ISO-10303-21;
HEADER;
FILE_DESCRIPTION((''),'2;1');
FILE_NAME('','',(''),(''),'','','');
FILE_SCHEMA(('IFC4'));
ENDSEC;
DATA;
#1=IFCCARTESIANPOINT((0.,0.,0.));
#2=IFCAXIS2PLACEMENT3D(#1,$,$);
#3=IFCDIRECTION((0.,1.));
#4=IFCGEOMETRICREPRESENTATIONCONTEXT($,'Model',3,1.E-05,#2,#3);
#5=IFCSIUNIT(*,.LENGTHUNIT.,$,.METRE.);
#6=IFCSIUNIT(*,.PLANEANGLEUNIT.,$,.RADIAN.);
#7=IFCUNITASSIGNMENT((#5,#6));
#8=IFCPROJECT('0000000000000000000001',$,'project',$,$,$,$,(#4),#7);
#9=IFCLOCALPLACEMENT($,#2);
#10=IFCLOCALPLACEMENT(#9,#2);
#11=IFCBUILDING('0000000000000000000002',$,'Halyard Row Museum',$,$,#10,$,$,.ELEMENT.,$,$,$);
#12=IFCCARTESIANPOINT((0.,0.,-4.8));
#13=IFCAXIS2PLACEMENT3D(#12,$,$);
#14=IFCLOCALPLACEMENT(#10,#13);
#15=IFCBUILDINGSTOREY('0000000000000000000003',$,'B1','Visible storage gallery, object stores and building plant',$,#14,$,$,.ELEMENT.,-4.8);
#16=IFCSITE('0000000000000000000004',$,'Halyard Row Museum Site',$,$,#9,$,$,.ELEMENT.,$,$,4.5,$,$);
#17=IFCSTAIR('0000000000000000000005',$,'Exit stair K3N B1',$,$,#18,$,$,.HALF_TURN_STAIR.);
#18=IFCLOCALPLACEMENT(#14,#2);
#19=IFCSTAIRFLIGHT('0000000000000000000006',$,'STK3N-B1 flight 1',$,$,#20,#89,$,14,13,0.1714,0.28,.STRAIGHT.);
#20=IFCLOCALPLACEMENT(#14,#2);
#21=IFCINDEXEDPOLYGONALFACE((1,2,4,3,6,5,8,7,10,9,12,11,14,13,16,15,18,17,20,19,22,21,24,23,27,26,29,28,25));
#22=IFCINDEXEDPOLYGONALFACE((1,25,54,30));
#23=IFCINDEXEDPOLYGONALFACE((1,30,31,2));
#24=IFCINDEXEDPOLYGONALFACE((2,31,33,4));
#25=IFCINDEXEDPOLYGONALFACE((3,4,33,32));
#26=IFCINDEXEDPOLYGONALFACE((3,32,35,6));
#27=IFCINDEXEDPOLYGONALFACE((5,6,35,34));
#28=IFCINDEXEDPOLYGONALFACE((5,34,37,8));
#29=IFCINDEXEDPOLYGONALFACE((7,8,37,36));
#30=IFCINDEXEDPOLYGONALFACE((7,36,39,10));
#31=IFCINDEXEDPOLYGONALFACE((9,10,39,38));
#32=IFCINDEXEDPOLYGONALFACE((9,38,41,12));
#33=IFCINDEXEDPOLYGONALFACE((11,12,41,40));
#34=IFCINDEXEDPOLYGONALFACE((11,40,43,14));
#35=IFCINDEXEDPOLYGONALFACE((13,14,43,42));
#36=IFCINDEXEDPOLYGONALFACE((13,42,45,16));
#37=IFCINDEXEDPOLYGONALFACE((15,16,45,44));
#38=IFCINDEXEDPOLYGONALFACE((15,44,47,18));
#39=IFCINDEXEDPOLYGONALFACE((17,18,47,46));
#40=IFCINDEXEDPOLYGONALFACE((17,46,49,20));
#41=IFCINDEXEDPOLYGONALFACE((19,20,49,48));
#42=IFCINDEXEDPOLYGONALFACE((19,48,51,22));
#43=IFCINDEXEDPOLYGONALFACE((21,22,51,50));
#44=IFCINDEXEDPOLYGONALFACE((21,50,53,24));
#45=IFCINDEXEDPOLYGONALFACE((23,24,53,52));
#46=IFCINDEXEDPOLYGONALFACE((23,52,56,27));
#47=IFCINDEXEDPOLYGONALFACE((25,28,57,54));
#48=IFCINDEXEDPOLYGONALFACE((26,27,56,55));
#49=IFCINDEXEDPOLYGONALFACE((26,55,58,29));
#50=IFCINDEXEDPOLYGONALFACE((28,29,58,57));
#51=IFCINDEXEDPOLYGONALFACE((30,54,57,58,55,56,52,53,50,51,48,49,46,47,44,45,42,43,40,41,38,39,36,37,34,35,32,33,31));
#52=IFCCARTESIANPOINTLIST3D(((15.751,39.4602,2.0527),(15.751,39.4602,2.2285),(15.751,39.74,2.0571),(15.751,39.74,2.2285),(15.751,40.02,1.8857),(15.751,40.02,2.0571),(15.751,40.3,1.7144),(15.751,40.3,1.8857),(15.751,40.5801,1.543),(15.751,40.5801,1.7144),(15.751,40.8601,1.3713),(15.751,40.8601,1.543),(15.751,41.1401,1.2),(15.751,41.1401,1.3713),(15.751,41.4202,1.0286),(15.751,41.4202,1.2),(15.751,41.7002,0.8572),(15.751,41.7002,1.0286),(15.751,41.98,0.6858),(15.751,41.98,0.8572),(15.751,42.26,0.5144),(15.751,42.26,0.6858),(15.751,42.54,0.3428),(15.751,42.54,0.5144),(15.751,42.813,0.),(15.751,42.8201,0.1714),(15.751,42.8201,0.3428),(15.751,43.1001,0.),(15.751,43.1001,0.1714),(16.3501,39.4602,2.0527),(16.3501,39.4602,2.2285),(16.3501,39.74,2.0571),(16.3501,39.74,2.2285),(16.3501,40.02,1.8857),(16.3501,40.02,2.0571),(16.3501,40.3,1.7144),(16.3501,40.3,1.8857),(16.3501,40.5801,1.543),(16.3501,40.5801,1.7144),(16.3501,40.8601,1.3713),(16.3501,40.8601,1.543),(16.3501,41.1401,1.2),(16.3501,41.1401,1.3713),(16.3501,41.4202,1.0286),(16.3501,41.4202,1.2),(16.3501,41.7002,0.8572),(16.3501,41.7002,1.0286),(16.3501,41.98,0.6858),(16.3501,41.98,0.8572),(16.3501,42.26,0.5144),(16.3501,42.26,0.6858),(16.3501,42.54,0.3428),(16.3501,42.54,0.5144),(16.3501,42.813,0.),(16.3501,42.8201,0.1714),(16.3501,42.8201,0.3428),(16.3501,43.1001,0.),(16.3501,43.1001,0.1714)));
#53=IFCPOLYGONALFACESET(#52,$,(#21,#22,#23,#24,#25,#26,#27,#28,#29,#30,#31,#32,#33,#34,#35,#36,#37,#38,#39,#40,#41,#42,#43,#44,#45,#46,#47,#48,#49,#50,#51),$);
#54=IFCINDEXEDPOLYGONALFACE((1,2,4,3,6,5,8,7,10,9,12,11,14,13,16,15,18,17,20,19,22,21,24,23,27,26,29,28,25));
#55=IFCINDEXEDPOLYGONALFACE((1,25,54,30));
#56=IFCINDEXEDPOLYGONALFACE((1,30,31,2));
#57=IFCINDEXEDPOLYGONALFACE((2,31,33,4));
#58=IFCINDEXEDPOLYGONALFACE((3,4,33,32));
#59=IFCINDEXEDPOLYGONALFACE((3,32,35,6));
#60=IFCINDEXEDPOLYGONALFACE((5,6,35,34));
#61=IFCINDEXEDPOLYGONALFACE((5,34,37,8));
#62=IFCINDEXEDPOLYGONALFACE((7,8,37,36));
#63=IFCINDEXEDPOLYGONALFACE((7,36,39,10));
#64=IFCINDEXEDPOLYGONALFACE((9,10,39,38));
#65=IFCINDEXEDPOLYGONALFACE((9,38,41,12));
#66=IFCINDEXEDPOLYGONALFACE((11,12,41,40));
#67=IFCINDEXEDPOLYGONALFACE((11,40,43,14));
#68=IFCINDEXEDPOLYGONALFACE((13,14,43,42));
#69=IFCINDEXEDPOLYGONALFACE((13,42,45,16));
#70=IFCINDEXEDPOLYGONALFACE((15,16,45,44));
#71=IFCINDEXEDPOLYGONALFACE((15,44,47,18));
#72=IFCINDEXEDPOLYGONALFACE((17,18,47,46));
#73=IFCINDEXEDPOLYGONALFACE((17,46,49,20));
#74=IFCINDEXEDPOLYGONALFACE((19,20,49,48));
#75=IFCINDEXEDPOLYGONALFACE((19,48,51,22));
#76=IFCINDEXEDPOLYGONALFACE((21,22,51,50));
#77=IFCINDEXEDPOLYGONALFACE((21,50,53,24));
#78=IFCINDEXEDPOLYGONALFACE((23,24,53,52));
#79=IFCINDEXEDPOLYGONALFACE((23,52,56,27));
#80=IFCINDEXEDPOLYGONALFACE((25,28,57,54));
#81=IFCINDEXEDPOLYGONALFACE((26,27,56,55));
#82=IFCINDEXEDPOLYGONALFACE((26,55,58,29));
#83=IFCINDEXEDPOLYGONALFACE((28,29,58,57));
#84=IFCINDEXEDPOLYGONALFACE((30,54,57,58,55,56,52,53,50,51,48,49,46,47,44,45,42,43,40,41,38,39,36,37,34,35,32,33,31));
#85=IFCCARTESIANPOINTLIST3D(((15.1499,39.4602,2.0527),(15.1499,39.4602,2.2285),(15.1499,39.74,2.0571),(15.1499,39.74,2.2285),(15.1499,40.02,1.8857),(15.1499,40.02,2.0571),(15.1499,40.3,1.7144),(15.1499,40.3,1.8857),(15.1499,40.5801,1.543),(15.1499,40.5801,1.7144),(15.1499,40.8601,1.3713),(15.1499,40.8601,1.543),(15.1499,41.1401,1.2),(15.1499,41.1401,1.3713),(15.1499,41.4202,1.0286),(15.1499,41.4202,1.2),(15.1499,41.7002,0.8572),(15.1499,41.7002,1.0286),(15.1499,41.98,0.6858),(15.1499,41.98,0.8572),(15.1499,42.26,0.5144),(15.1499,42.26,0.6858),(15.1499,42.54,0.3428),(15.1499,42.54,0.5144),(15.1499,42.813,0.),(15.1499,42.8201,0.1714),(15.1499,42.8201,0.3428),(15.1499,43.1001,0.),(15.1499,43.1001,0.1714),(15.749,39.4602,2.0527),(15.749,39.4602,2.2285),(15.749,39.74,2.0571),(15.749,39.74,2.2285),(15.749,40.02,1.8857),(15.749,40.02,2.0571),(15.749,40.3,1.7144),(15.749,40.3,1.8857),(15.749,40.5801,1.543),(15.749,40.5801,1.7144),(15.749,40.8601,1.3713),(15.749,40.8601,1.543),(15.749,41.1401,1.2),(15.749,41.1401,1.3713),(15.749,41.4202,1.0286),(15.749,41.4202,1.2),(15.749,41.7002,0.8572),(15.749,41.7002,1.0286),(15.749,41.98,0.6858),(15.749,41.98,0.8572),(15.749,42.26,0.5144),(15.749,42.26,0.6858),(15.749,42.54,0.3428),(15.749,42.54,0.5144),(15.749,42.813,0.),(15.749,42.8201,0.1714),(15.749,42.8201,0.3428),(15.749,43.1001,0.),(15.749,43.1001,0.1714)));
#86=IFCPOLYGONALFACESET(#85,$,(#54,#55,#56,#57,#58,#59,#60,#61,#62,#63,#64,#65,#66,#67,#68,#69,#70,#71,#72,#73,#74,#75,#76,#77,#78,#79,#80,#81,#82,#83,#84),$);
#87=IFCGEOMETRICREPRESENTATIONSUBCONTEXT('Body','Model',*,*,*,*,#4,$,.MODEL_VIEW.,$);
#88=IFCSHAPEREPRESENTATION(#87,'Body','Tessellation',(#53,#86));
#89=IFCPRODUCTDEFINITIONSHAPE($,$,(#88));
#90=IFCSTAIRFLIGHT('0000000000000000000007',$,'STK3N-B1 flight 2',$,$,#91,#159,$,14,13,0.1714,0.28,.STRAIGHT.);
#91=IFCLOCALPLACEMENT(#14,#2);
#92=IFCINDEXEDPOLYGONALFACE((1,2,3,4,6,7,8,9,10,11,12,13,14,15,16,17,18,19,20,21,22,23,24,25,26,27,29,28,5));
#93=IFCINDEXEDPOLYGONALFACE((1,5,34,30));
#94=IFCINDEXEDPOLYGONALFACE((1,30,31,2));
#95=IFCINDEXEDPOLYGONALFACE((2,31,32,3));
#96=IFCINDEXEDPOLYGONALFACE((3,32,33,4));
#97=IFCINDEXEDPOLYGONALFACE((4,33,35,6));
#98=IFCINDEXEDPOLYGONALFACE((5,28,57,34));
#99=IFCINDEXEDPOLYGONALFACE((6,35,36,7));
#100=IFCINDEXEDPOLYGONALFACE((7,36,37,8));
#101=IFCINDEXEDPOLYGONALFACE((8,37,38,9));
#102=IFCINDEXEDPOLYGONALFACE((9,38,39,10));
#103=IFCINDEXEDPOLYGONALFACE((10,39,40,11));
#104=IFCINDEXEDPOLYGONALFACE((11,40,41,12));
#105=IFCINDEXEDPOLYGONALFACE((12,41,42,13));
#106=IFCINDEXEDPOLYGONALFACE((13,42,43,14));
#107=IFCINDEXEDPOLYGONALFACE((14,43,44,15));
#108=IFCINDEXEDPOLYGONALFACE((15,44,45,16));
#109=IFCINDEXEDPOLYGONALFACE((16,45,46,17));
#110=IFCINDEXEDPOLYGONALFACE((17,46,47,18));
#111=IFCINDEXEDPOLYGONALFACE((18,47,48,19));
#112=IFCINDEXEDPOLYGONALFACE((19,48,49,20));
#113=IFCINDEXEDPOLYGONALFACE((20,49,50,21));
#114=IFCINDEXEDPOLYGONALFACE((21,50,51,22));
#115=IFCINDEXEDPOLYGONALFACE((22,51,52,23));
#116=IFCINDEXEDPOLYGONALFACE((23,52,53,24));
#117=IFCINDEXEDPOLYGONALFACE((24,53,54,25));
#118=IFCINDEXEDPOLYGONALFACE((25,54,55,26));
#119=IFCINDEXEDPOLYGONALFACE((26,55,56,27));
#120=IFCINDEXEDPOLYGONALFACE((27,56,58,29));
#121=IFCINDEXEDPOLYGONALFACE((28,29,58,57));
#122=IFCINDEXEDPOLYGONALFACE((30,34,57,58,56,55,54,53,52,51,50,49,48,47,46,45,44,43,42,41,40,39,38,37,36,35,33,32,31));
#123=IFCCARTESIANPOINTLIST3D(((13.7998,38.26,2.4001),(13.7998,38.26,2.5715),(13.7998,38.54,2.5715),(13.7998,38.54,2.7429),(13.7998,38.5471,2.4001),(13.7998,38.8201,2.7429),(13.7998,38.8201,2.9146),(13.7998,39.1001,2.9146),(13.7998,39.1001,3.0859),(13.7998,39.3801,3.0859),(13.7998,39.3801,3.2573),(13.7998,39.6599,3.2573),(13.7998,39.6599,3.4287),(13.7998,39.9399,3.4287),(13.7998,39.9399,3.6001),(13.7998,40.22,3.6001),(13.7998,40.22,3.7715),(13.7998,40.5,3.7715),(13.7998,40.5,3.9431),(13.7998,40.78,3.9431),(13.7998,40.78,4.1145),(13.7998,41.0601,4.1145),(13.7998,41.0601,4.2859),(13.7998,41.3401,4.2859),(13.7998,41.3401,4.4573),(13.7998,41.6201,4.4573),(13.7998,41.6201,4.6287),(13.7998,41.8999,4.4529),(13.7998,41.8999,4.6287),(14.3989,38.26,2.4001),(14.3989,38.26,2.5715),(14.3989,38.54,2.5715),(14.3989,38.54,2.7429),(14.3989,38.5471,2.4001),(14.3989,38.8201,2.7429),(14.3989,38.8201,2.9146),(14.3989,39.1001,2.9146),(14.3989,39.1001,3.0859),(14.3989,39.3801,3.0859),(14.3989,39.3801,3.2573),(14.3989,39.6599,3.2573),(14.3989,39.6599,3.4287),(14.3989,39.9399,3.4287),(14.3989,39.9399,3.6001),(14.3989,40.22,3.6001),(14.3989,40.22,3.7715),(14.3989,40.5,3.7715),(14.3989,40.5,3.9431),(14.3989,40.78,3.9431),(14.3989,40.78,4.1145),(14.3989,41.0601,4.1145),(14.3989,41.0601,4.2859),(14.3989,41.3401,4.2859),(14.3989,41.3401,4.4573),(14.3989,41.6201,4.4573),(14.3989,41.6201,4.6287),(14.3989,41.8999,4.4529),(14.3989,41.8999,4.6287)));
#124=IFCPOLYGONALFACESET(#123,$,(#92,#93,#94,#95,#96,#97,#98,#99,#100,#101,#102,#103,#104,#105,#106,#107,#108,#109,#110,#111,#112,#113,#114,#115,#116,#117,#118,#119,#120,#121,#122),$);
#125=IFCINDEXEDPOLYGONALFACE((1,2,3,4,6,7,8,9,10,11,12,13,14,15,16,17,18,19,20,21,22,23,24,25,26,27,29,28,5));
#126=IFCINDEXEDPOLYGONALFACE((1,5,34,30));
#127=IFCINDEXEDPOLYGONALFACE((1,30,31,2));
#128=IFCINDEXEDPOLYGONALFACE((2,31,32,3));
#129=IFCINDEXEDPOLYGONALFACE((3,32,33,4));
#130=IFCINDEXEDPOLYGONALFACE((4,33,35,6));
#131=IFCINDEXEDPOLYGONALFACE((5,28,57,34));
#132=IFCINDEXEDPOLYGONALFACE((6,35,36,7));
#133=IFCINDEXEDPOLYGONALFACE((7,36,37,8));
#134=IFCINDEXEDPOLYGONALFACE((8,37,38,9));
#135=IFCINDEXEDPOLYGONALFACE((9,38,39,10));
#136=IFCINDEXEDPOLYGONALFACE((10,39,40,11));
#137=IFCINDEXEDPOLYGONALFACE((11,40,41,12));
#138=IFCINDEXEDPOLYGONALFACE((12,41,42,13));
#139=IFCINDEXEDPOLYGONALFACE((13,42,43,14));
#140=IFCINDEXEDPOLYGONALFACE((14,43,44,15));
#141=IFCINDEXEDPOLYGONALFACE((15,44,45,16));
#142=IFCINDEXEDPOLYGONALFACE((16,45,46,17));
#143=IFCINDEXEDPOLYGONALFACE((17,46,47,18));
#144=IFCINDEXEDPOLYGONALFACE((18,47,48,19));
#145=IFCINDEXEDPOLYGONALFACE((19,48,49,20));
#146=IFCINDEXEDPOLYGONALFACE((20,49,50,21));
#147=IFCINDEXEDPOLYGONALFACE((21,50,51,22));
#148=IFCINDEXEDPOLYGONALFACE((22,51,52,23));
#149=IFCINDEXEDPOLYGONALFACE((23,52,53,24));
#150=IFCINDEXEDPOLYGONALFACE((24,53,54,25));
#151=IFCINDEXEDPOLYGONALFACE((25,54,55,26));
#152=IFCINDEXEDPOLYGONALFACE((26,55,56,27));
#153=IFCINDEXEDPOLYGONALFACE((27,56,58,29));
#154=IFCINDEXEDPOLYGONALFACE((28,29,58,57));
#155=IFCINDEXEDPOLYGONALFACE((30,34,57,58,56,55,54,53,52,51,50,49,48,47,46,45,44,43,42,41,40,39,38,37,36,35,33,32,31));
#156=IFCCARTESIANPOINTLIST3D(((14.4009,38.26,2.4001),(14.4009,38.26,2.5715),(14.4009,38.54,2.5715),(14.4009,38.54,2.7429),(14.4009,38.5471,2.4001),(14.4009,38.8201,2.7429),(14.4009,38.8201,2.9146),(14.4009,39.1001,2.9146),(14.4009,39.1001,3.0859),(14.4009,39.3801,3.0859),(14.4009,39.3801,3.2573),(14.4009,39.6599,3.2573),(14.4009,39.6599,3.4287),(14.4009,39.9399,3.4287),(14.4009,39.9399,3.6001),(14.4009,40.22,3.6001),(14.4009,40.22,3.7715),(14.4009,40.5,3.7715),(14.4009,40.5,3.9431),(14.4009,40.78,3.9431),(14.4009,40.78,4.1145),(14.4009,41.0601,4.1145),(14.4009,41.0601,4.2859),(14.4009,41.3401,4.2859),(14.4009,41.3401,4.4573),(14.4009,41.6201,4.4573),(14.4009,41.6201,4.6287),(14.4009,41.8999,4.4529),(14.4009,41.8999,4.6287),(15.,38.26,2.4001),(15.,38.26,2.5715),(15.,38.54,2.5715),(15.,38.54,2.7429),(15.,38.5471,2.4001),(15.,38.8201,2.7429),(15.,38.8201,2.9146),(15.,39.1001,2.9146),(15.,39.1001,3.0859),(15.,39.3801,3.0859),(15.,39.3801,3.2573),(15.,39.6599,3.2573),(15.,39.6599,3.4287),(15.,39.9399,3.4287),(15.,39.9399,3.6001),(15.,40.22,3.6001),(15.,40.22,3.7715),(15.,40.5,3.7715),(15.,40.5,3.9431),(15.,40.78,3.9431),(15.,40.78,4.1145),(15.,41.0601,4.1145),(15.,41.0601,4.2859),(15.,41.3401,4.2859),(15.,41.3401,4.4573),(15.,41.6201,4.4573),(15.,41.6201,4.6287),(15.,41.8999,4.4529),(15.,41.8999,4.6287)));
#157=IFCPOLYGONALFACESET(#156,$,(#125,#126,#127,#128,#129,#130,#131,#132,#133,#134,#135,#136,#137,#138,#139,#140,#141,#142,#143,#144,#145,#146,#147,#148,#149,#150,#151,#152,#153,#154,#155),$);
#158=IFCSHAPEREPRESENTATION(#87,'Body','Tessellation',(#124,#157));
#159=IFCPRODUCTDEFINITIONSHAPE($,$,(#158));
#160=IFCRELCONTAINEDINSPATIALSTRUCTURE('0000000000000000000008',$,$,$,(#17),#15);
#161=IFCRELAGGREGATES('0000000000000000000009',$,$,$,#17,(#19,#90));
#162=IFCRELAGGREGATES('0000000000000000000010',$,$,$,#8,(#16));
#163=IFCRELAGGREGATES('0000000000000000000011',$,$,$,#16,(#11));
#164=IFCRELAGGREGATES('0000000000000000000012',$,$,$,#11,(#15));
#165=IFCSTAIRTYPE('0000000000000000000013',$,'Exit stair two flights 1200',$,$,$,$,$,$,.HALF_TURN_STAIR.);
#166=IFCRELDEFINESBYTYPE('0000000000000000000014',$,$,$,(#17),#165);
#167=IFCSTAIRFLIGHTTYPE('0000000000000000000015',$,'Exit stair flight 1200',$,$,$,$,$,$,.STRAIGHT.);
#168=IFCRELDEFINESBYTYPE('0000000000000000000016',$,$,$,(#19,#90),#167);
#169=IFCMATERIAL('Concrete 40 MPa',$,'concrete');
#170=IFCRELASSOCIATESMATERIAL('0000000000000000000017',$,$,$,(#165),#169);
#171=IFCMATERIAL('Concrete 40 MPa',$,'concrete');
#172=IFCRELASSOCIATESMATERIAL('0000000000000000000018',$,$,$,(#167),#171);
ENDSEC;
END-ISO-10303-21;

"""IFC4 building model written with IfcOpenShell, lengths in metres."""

from ifc_helpers import new_model, si_unit, direction, frame, origin, place, context, subcontext, project, spatial, polyline, outline, extrude, material, type_object, element, aggregate, save


model = new_model("IFC4")

# Units and contexts
model_context = context("Model", 3, precision=1e-05, world=origin(), true_north=direction((0.0, 1.0)))
body_context = subcontext(model_context, "Body", "Model", "MODEL_VIEW")
ifc_project = project(units=[si_unit("LENGTHUNIT", "METRE"), si_unit("PLANEANGLEUNIT", "RADIAN")], contexts=[model_context])

# Site, building, storey
site_placement = place(None, origin())
site = spatial("IfcSite", under=ifc_project, at=site_placement, Name="Halyard Row Museum Site", CompositionType="ELEMENT", RefElevation=4.5)
building_placement = place(site_placement, origin())
building = spatial("IfcBuilding", under=site, at=building_placement, Name="Halyard Row Museum", CompositionType="ELEMENT")
storey_placement = place(building_placement, frame((0.0, 0.0, -4.8)))
storey = spatial("IfcBuildingStorey", under=building, at=storey_placement, Name="B1", Description="Visible storage gallery, object stores and building plant", CompositionType="ELEMENT", Elevation=-4.8)

# Stair, stair flights
ifc_material_1 = material(Name="Concrete 40 MPa", Category="concrete")
stair_type = type_object("IfcStairType", Name="Exit stair two flights 1200", PredefinedType="HALF_TURN_STAIR", material=ifc_material_1)
stair_placement = place(storey_placement, origin())
stair = element("IfcStair", 1, at=stair_placement, inside=storey, type_object=stair_type, Name="Exit stair K3N B1", PredefinedType="HALF_TURN_STAIR")
ifc_material_2 = material(Name="Concrete 40 MPa", Category="concrete")
stair_flight_type = type_object("IfcStairFlightType", Name="Exit stair flight 1200", PredefinedType="STRAIGHT", material=ifc_material_2)
stair_flight_1_placement = place(storey_placement, frame((15.75, 43.1001, 0.0), z_axis=(0.0, 0.0, 1.0), x_axis=(0.0, -1.0, 0.0)))
stair_flight_1 = element("IfcStairFlight", 2, at=stair_flight_1_placement, type_object=stair_flight_type, Name="STK3N-B1 flight 1", NumberOfRisers=14, NumberOfTreads=13, PredefinedType="STRAIGHT", RiserHeight=0.1714, TreadLength=0.28, context=body_context, shape_type="SweptSolid", body=[
    extrude(outline(polyline([(0.0, 0.0), (0.0, 0.1714), (0.28, 0.1714), (0.28, 0.3428), (0.5601, 0.3428), (0.5601, 0.5144), (0.8401, 0.5144), (0.8401, 0.6858), (1.1201, 0.6858), (1.1201, 0.8572), (1.3999, 0.8572), (1.3999, 1.0286), (1.6799, 1.0286), (1.6799, 1.2), (1.96, 1.2), (1.96, 1.3713), (2.24, 1.3713), (2.24, 1.543), (2.52, 1.543), (2.52, 1.7144), (2.8, 1.7144), (2.8, 1.8857), (3.0801, 1.8857), (3.0801, 2.0571), (3.3601, 2.0571), (3.3601, 2.2285), (3.6399, 2.2285), (3.6399, 2.3999), (3.6399, 2.0527), (0.2871, 0.0), (0.0, 0.0)])), frame((0.0, 0.6001, 0.0), z_axis=(0.0, -1.0, 0.0), x_axis=(1.0, 0.0, 0.0)), (0.0, 0.0, 1.0), 0.5991),
    extrude(outline(polyline([(0.0, 0.0), (0.0, 0.1714), (0.28, 0.1714), (0.28, 0.3428), (0.5601, 0.3428), (0.5601, 0.5144), (0.8401, 0.5144), (0.8401, 0.6858), (1.1201, 0.6858), (1.1201, 0.8572), (1.3999, 0.8572), (1.3999, 1.0286), (1.6799, 1.0286), (1.6799, 1.2), (1.96, 1.2), (1.96, 1.3713), (2.24, 1.3713), (2.24, 1.543), (2.52, 1.543), (2.52, 1.7144), (2.8, 1.7144), (2.8, 1.8857), (3.0801, 1.8857), (3.0801, 2.0571), (3.3601, 2.0571), (3.3601, 2.2285), (3.6399, 2.2285), (3.6399, 2.3999), (3.6399, 2.0527), (0.2871, 0.0), (0.0, 0.0)])), frame((0.0, -0.001, 0.0), z_axis=(0.0, -1.0, 0.0), x_axis=(1.0, 0.0, 0.0)), (0.0, 0.0, 1.0), 0.5991),
])
stair_flight_2_placement = place(storey_placement, frame((14.3999, 38.26, 2.4001), z_axis=(0.0, 0.0, 1.0), x_axis=(0.0, 1.0, 0.0)))
stair_flight_2 = element("IfcStairFlight", 3, at=stair_flight_2_placement, type_object=stair_flight_type, Name="STK3N-B1 flight 2", NumberOfRisers=14, NumberOfTreads=13, PredefinedType="STRAIGHT", RiserHeight=0.1714, TreadLength=0.28, context=body_context, shape_type="SweptSolid", body=[
    extrude(outline(polyline([(0.0, 0.0), (0.0, 0.1714), (0.28, 0.1714), (0.28, 0.3428), (0.5601, 0.3428), (0.5601, 0.5144), (0.8401, 0.5144), (0.8401, 0.6858), (1.1201, 0.6858), (1.1201, 0.8572), (1.3999, 0.8572), (1.3999, 1.0286), (1.6799, 1.0286), (1.6799, 1.2), (1.96, 1.2), (1.96, 1.3713), (2.24, 1.3713), (2.24, 1.543), (2.52, 1.543), (2.52, 1.7144), (2.8, 1.7144), (2.8, 1.8857), (3.0801, 1.8857), (3.0801, 2.0571), (3.3601, 2.0571), (3.3601, 2.2285), (3.6399, 2.2285), (3.6399, 2.3999), (3.6399, 2.0527), (0.2871, 0.0), (0.0, 0.0)])), frame((0.0, 0.6001, 0.0), z_axis=(0.0, -1.0, 0.0), x_axis=(1.0, 0.0, 0.0)), (0.0, 0.0, 1.0), 0.5991),
    extrude(outline(polyline([(0.0, 0.0), (0.0, 0.1714), (0.28, 0.1714), (0.28, 0.3428), (0.5601, 0.3428), (0.5601, 0.5144), (0.8401, 0.5144), (0.8401, 0.6858), (1.1201, 0.6858), (1.1201, 0.8572), (1.3999, 0.8572), (1.3999, 1.0286), (1.6799, 1.0286), (1.6799, 1.2), (1.96, 1.2), (1.96, 1.3713), (2.24, 1.3713), (2.24, 1.543), (2.52, 1.543), (2.52, 1.7144), (2.8, 1.7144), (2.8, 1.8857), (3.0801, 1.8857), (3.0801, 2.0571), (3.3601, 2.0571), (3.3601, 2.2285), (3.6399, 2.2285), (3.6399, 2.3999), (3.6399, 2.0527), (0.2871, 0.0), (0.0, 0.0)])), frame((0.0, -0.001, 0.0), z_axis=(0.0, -1.0, 0.0), x_axis=(1.0, 0.0, 0.0)), (0.0, 0.0, 1.0), 0.5991),
])
aggregate(stair, [stair_flight_1, stair_flight_2])

save(model, "model.ifc")
